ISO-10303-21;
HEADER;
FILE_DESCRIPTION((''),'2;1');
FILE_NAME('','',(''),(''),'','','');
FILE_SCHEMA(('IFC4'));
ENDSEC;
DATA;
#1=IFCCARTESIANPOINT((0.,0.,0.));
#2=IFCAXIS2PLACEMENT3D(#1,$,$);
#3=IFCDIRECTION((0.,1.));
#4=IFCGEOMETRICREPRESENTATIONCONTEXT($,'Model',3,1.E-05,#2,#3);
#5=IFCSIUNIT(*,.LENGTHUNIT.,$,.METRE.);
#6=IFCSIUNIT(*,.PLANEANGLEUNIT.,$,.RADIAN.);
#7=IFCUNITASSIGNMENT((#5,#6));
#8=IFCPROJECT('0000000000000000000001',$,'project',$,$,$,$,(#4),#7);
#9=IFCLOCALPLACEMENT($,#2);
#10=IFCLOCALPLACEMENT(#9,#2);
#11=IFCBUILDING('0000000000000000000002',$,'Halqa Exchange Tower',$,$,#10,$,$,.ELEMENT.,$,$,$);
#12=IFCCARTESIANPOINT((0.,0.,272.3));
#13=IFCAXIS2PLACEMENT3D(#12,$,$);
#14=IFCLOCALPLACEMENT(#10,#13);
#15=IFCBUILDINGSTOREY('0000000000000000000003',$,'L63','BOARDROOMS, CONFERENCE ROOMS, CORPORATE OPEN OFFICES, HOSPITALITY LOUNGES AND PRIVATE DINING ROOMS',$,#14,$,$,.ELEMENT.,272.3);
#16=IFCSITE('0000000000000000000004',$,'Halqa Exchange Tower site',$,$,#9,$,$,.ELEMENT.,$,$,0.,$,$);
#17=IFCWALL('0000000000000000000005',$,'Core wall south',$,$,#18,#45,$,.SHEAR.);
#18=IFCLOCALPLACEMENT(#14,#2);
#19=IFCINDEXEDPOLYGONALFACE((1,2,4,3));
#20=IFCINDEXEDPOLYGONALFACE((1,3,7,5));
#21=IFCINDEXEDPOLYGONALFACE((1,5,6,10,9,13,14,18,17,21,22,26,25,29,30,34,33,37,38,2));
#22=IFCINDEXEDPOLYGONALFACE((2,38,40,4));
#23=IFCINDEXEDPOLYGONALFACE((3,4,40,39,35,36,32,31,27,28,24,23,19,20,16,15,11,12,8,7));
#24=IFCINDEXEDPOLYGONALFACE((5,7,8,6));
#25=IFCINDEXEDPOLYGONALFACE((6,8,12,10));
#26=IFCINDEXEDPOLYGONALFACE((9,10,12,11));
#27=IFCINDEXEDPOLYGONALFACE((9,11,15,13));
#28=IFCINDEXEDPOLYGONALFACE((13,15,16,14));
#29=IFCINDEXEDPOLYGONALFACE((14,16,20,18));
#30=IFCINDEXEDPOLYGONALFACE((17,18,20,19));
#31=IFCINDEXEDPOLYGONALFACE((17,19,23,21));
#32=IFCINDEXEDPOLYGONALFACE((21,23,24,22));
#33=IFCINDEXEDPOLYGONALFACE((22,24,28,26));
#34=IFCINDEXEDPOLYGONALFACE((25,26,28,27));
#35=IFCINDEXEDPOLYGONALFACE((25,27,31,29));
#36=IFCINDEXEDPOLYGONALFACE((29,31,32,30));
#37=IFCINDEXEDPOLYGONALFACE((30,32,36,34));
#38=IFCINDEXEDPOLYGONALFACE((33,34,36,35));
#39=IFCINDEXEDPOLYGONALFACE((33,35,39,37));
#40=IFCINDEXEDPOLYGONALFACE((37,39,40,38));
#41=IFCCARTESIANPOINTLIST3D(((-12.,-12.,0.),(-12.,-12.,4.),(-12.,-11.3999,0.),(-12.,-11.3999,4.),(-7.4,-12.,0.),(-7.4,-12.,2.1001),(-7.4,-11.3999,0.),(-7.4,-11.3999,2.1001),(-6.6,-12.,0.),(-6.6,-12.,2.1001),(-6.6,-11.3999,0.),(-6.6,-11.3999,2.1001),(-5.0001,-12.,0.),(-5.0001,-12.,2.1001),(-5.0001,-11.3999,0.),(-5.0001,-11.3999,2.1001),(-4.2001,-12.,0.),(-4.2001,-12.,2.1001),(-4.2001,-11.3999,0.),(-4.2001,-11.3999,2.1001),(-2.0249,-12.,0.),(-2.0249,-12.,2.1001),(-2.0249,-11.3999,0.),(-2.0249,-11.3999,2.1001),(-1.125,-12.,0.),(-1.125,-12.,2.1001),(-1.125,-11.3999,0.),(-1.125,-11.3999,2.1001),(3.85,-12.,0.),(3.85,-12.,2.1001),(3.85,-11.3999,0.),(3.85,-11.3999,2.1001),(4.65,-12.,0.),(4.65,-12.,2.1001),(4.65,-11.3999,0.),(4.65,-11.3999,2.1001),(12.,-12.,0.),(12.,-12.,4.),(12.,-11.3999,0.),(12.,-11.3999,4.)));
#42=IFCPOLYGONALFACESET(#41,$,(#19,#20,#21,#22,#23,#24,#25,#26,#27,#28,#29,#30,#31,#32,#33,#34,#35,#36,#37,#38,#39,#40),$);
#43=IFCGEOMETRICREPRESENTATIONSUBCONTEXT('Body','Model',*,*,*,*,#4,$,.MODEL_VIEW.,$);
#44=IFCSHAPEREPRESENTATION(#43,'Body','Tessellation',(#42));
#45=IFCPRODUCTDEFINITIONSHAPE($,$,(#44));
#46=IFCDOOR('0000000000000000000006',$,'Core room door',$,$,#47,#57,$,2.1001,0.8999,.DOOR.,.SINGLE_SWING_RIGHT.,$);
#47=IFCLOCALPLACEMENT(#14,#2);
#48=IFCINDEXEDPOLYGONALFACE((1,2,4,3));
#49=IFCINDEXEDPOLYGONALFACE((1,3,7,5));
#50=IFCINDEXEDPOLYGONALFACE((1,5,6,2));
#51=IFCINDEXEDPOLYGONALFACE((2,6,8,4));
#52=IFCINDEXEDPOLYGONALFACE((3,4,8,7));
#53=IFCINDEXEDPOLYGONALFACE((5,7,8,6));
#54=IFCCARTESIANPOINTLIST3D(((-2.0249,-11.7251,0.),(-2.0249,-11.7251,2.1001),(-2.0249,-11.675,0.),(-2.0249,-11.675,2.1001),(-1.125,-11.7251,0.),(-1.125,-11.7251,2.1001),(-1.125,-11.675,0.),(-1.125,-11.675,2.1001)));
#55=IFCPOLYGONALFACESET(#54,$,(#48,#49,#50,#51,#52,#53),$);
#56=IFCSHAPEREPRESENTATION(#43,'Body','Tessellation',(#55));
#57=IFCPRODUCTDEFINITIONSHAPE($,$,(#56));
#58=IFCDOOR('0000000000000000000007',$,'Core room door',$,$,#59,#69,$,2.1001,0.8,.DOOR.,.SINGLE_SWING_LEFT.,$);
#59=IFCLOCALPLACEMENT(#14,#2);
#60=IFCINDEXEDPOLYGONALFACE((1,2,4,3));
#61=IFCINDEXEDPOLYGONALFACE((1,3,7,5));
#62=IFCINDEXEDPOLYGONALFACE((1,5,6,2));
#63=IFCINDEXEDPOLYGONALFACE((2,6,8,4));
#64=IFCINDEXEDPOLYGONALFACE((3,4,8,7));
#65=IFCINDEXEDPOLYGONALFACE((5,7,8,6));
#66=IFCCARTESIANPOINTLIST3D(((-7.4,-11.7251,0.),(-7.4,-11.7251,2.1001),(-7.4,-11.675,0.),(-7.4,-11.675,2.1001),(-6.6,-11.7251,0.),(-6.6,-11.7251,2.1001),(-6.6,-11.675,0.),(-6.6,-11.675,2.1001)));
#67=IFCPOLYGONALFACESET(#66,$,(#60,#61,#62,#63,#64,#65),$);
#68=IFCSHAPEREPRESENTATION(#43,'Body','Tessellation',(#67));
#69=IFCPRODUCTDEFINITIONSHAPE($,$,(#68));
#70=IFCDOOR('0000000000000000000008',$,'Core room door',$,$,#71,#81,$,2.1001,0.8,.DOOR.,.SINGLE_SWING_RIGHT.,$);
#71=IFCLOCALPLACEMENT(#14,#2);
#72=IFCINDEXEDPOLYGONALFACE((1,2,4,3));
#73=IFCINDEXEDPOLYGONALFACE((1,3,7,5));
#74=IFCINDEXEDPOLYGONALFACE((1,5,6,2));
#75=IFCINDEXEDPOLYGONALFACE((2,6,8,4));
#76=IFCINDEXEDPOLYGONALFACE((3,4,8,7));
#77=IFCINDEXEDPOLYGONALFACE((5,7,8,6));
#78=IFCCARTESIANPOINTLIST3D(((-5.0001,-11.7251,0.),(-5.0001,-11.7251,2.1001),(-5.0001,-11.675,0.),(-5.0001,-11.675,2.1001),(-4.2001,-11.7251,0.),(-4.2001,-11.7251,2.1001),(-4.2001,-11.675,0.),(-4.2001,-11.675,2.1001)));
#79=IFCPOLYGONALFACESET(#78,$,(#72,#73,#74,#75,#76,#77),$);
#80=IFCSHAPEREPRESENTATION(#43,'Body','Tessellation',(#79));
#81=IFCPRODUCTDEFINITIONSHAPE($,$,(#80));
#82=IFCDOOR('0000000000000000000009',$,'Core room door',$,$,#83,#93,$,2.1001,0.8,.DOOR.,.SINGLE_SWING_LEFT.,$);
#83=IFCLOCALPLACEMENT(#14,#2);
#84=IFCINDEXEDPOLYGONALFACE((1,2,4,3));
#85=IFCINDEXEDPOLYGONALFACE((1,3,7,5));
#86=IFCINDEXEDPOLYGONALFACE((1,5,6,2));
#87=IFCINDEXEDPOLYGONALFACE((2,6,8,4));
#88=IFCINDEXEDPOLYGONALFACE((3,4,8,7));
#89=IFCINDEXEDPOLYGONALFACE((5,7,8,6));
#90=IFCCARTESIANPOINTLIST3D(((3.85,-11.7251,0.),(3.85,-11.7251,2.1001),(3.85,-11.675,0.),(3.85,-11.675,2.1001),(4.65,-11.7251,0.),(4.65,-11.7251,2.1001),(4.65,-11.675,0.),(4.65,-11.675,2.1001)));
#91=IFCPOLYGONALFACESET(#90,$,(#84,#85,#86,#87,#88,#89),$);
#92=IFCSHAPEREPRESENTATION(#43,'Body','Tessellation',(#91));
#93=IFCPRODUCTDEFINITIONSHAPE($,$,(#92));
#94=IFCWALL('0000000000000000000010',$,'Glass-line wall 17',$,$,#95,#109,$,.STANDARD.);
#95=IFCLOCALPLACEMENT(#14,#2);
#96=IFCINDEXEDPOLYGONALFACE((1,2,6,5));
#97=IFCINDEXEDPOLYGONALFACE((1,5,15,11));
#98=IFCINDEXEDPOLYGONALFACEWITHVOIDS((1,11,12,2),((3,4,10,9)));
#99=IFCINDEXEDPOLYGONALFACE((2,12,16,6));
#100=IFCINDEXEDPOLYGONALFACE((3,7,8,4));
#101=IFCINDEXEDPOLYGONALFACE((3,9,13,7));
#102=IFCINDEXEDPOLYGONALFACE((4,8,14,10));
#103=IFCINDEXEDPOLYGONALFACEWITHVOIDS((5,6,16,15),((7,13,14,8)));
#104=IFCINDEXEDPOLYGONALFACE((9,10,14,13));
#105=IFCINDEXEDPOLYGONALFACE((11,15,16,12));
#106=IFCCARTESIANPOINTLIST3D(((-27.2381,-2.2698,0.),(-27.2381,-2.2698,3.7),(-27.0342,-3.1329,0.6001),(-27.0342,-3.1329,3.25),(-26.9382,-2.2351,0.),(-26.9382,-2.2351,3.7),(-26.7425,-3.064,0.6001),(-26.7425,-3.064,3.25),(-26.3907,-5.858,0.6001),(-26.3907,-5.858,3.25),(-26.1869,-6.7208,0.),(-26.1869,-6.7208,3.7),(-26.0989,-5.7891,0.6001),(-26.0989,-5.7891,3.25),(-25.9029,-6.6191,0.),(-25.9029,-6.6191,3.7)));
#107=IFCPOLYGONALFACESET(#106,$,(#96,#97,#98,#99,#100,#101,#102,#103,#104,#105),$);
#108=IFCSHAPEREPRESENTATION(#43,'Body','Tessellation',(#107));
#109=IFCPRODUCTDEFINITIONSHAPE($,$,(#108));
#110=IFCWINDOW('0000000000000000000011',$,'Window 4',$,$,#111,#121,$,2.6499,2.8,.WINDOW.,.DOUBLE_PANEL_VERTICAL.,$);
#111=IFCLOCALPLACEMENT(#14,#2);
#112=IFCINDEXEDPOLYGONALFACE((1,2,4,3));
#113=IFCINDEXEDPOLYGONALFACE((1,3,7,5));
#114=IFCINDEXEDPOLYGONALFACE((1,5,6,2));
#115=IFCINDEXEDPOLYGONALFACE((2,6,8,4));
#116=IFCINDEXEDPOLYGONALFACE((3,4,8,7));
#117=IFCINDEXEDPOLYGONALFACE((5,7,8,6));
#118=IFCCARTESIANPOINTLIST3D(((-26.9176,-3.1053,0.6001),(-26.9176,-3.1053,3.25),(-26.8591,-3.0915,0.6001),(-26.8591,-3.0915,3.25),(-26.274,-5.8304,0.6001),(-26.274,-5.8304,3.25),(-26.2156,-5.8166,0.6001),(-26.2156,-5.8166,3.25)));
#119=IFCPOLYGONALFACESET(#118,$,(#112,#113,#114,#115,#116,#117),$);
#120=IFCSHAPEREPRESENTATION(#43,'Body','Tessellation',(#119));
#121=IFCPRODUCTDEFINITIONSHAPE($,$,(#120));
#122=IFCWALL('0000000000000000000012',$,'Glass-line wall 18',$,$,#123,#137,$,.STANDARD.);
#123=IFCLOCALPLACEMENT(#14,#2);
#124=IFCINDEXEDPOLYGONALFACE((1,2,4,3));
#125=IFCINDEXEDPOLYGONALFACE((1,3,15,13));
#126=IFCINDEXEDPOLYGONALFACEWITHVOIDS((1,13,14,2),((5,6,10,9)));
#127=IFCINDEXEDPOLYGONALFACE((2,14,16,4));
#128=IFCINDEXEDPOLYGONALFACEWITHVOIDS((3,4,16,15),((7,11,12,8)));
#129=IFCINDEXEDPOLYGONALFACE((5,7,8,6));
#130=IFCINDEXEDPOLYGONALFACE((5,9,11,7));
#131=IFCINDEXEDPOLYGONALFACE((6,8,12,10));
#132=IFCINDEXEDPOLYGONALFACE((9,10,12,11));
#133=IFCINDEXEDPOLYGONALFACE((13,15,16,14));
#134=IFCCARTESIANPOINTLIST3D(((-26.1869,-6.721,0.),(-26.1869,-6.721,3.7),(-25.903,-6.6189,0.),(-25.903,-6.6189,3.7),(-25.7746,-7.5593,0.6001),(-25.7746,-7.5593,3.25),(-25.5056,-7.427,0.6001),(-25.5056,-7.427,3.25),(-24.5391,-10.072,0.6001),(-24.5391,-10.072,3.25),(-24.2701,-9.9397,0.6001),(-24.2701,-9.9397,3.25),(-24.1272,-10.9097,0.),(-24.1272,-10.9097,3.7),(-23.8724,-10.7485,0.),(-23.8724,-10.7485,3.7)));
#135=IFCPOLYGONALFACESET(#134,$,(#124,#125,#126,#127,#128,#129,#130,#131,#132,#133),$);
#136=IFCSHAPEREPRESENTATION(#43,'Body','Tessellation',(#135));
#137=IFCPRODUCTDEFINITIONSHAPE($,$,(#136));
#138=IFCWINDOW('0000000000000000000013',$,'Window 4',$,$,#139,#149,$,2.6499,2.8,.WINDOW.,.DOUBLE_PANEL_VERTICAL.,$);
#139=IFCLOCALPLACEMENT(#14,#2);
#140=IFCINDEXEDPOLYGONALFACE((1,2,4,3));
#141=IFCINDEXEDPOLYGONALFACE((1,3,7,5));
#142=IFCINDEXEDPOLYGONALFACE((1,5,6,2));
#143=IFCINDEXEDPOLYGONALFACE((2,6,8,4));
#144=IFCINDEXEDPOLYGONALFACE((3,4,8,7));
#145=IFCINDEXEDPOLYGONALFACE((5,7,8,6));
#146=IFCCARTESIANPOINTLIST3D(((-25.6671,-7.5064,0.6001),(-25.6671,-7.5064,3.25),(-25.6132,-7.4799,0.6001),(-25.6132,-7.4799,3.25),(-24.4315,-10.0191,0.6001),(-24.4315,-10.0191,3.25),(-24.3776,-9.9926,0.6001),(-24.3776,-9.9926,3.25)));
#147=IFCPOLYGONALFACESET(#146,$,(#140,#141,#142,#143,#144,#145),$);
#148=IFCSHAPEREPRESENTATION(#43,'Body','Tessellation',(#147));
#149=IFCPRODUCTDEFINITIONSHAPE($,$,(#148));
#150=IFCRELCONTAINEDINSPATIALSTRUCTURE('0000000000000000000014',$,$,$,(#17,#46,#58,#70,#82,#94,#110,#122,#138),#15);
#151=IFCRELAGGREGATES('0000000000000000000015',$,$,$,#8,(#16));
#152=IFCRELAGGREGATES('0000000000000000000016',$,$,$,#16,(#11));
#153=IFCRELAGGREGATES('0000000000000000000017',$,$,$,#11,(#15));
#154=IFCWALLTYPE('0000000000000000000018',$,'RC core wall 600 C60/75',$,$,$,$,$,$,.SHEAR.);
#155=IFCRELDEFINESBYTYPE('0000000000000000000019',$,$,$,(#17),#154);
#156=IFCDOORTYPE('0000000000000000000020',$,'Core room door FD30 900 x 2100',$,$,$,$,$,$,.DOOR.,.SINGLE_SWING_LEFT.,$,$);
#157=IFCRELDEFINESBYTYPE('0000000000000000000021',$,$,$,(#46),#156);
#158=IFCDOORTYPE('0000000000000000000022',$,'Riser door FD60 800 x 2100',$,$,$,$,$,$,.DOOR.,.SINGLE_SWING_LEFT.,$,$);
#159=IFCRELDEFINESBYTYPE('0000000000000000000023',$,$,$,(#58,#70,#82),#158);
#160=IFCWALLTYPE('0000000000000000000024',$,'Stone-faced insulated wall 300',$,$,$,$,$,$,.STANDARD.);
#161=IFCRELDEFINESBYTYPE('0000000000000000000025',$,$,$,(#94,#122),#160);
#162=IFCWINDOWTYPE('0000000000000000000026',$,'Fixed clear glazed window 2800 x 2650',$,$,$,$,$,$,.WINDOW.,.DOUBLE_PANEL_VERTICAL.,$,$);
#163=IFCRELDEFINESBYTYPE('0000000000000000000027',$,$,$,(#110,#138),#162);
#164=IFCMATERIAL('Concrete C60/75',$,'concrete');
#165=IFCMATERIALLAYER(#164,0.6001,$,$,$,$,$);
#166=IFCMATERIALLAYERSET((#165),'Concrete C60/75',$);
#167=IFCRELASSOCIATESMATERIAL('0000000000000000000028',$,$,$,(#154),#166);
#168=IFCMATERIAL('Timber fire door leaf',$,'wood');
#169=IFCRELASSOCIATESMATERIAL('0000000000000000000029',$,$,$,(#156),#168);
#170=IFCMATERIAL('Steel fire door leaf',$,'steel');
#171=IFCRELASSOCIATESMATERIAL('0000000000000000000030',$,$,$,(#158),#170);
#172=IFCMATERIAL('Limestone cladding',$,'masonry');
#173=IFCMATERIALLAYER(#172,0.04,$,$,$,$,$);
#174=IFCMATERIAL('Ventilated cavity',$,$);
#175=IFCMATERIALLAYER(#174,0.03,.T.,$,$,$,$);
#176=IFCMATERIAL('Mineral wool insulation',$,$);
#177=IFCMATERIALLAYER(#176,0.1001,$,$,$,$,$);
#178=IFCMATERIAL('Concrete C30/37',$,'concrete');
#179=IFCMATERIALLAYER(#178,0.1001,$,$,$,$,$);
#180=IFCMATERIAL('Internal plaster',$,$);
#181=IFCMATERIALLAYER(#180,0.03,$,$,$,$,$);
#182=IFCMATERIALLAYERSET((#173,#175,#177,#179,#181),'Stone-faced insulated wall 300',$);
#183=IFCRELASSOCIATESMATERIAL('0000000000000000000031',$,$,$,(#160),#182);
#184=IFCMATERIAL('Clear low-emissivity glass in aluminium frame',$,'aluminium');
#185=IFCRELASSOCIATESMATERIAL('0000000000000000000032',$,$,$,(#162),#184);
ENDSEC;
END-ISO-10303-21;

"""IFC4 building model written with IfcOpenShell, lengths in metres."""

from ifc_helpers import new_model, si_unit, direction, frame, frame_2d, origin, place, context, subcontext, project, spatial, polyline, rectangle, outline, extrude, material, layer, layer_set, type_object, element, fill, save


model = new_model("IFC4")

# Units and contexts
model_context = context("Model", 3, precision=1e-05, world=origin(), true_north=direction((0.0, 1.0)))
body_context = subcontext(model_context, "Body", "Model", "MODEL_VIEW")
ifc_project = project(units=[si_unit("LENGTHUNIT", "METRE"), si_unit("PLANEANGLEUNIT", "RADIAN")], contexts=[model_context])

# Site, building, storey
site_placement = place(None, origin())
site = spatial("IfcSite", under=ifc_project, at=site_placement, Name="Halqa Exchange Tower site", CompositionType="ELEMENT", RefElevation=0.0)
building_placement = place(site_placement, origin())
building = spatial("IfcBuilding", under=site, at=building_placement, Name="Halqa Exchange Tower", CompositionType="ELEMENT")
storey_placement = place(building_placement, frame((0.0, 0.0, 272.3)))
storey = spatial("IfcBuildingStorey", under=building, at=storey_placement, Name="L63", Description="BOARDROOMS, CONFERENCE ROOMS, CORPORATE OPEN OFFICES, HOSPITALITY LOUNGES AND PRIVATE DINING ROOMS", CompositionType="ELEMENT", Elevation=272.3)

# Shared definitions
ifc_material_1 = material(Name="Concrete C60/75", Category="concrete")

# Wall, openings, doors
ifc_layer_1 = layer(ifc_material_1, 0.6001)
ifc_layer_set_1 = layer_set([ifc_layer_1], Name="Concrete C60/75")
wall_type_1 = type_object("IfcWallType", Name="RC core wall 600 C60/75", PredefinedType="SHEAR", material=ifc_layer_set_1)
wall_1_placement = place(storey_placement, frame((-12.0, -11.7, 0.0), z_axis=(0.0, 0.0, 1.0), x_axis=(1.0, 0.0, 0.0)))
wall_1 = element("IfcWall", 1, at=wall_1_placement, inside=storey, type_object=wall_type_1, Name="Core wall south", PredefinedType="SHEAR", context=body_context, shape_type="SweptSolid", body=[
    extrude(rectangle(XDim=24.0, YDim=0.6001, at=frame_2d((12.0, 0.0))), origin(), (0.0, 0.0, 1.0), 4.0),
])
opening_1_placement = place(wall_1_placement, frame((9.9751, 0.0, 0.0)))
opening_1 = element("IfcOpeningElement", 2, at=opening_1_placement, cuts=wall_1, PredefinedType="OPENING", context=body_context, shape_type="SweptSolid", body=[
    extrude(rectangle(XDim=0.8999, YDim=2.1001, at=frame_2d((0.45, 1.05))), frame((0.0, 0.312, 0.0), z_axis=(0.0, -1.0, 0.0), x_axis=(1.0, 0.0, 0.0)), (0.0, 0.0, 1.0), 0.624),
])
opening_2_placement = place(wall_1_placement, frame((4.6001, 0.0, 0.0)))
opening_2 = element("IfcOpeningElement", 3, at=opening_2_placement, cuts=wall_1, PredefinedType="OPENING", context=body_context, shape_type="SweptSolid", body=[
    extrude(rectangle(XDim=0.8, YDim=2.1001, at=frame_2d((0.3999, 1.05))), frame((0.0, 0.312, 0.0), z_axis=(0.0, -1.0, 0.0), x_axis=(1.0, 0.0, 0.0)), (0.0, 0.0, 1.0), 0.624),
])
opening_3_placement = place(wall_1_placement, frame((7.0, 0.0, 0.0)))
opening_3 = element("IfcOpeningElement", 4, at=opening_3_placement, cuts=wall_1, PredefinedType="OPENING", context=body_context, shape_type="SweptSolid", body=[
    extrude(rectangle(XDim=0.8, YDim=2.1001, at=frame_2d((0.3999, 1.05))), frame((0.0, 0.312, 0.0), z_axis=(0.0, -1.0, 0.0), x_axis=(1.0, 0.0, 0.0)), (0.0, 0.0, 1.0), 0.624),
])
opening_4_placement = place(wall_1_placement, frame((15.8501, 0.0, 0.0)))
opening_4 = element("IfcOpeningElement", 5, at=opening_4_placement, cuts=wall_1, PredefinedType="OPENING", context=body_context, shape_type="SweptSolid", body=[
    extrude(rectangle(XDim=0.8, YDim=2.1001, at=frame_2d((0.3999, 1.05))), frame((0.0, 0.312, 0.0), z_axis=(0.0, -1.0, 0.0), x_axis=(1.0, 0.0, 0.0)), (0.0, 0.0, 1.0), 0.624),
])
ifc_material_2 = material(Name="Timber fire door leaf", Category="wood")
door_type_1 = type_object("IfcDoorType", Name="Core room door FD30 900 x 2100", OperationType="SINGLE_SWING_LEFT", PredefinedType="DOOR", material=ifc_material_2)
door_1_placement = place(opening_1_placement, origin())
door_1 = element("IfcDoor", 6, at=door_1_placement, inside=storey, type_object=door_type_1, Name="Core room door", OperationType="SINGLE_SWING_RIGHT", OverallHeight=2.1001, OverallWidth=0.8999, PredefinedType="DOOR", context=body_context, shape_type="SweptSolid", body=[
    extrude(rectangle(XDim=0.8999, YDim=2.1001, at=frame_2d((0.45, 1.05))), frame((0.0, 0.0249, 0.0), z_axis=(0.0, -1.0, 0.0), x_axis=(1.0, 0.0, 0.0)), (0.0, 0.0, 1.0), 0.05),
])
fill(opening_1, door_1)
ifc_material_3 = material(Name="Steel fire door leaf", Category="steel")
door_type_2 = type_object("IfcDoorType", Name="Riser door FD60 800 x 2100", OperationType="SINGLE_SWING_LEFT", PredefinedType="DOOR", material=ifc_material_3)
door_2_placement = place(opening_2_placement, origin())
door_2 = element("IfcDoor", 7, at=door_2_placement, inside=storey, type_object=door_type_2, Name="Core room door", OperationType="SINGLE_SWING_LEFT", OverallHeight=2.1001, OverallWidth=0.8, PredefinedType="DOOR", context=body_context, shape_type="SweptSolid", body=[
    extrude(rectangle(XDim=0.8, YDim=2.1001, at=frame_2d((0.3999, 1.05))), frame((0.0, 0.0249, 0.0), z_axis=(0.0, -1.0, 0.0), x_axis=(1.0, 0.0, 0.0)), (0.0, 0.0, 1.0), 0.05),
])
fill(opening_2, door_2)
door_3_placement = place(opening_3_placement, origin())
door_3 = element("IfcDoor", 8, at=door_3_placement, inside=storey, type_object=door_type_2, Name="Core room door", OperationType="SINGLE_SWING_RIGHT", OverallHeight=2.1001, OverallWidth=0.8, PredefinedType="DOOR", context=body_context, shape_type="SweptSolid", body=[
    extrude(rectangle(XDim=0.8, YDim=2.1001, at=frame_2d((0.3999, 1.05))), frame((0.0, 0.0249, 0.0), z_axis=(0.0, -1.0, 0.0), x_axis=(1.0, 0.0, 0.0)), (0.0, 0.0, 1.0), 0.05),
])
fill(opening_3, door_3)
door_4_placement = place(opening_4_placement, origin())
door_4 = element("IfcDoor", 9, at=door_4_placement, inside=storey, type_object=door_type_2, Name="Core room door", OperationType="SINGLE_SWING_LEFT", OverallHeight=2.1001, OverallWidth=0.8, PredefinedType="DOOR", context=body_context, shape_type="SweptSolid", body=[
    extrude(rectangle(XDim=0.8, YDim=2.1001, at=frame_2d((0.3999, 1.05))), frame((0.0, 0.0249, 0.0), z_axis=(0.0, -1.0, 0.0), x_axis=(1.0, 0.0, 0.0)), (0.0, 0.0, 1.0), 0.05),
])
fill(opening_4, door_4)

# Walls, openings, windows
ifc_material_4 = material(Name="Limestone cladding", Category="masonry")
ifc_layer_2 = layer(ifc_material_4, 0.04)
ifc_material_5 = material(Name="Ventilated cavity")
ifc_layer_3 = layer(ifc_material_5, 0.03, ventilated=True)
ifc_material_6 = material(Name="Mineral wool insulation")
ifc_layer_4 = layer(ifc_material_6, 0.1001)
ifc_material_7 = material(Name="Concrete C30/37", Category="concrete")
ifc_layer_5 = layer(ifc_material_7, 0.1001)
ifc_material_8 = material(Name="Internal plaster")
ifc_layer_6 = layer(ifc_material_8, 0.03)
ifc_layer_set_2 = layer_set([ifc_layer_2, ifc_layer_3, ifc_layer_4, ifc_layer_5, ifc_layer_6], Name="Stone-faced insulated wall 300")
wall_type_2 = type_object("IfcWallType", Name="Stone-faced insulated wall 300", PredefinedType="STANDARD", material=ifc_layer_set_2)
wall_2_placement = place(storey_placement, frame((-27.0881, -2.2524, 0.0), z_axis=(0.0, 0.0, 1.0), x_axis=(0.229834, -0.97323, 0.0)))
wall_2 = element("IfcWall", 10, at=wall_2_placement, inside=storey, type_object=wall_type_2, Name="Glass-line wall 17", PredefinedType="STANDARD", context=body_context, shape_type="SweptSolid", body=[
    extrude(outline(polyline([(-0.0176, -0.1499), (4.5559, -0.1499), (4.5222, 0.1499), (0.0176, 0.1499), (-0.0176, -0.1499)])), origin(), (0.0, 0.0, 1.0), 3.7),
])
opening_5_placement = place(wall_2_placement, frame((0.8694, 0.0, 0.6001)))
opening_5 = element("IfcOpeningElement", 11, at=opening_5_placement, cuts=wall_2, PredefinedType="OPENING", context=body_context, shape_type="SweptSolid", body=[
    extrude(rectangle(XDim=2.8, YDim=2.6499, at=frame_2d((1.3999, 1.325))), frame((0.0, 0.1621, 0.0), z_axis=(0.0, -1.0, 0.0), x_axis=(1.0, 0.0, 0.0)), (0.0, 0.0, 1.0), 0.324),
])
ifc_material_9 = material(Name="Clear low-emissivity glass in aluminium frame", Category="aluminium")
window_type = type_object("IfcWindowType", Name="Fixed clear glazed window 2800 x 2650", PartitioningType="DOUBLE_PANEL_VERTICAL", PredefinedType="WINDOW", material=ifc_material_9)
window_1_placement = place(opening_5_placement, origin())
window_1 = element("IfcWindow", 12, at=window_1_placement, inside=storey, type_object=window_type, Name="Window 4", OverallHeight=2.6499, OverallWidth=2.8, PartitioningType="DOUBLE_PANEL_VERTICAL", PredefinedType="WINDOW", context=body_context, shape_type="SweptSolid", body=[
    extrude(rectangle(XDim=2.8, YDim=2.6499, at=frame_2d((1.3999, 1.325))), frame((0.0, 0.03, 0.0), z_axis=(0.0, -1.0, 0.0), x_axis=(1.0, 0.0, 0.0)), (0.0, 0.0, 1.0), 0.0601),
])
fill(opening_5, window_1)
wall_3_placement = place(storey_placement, frame((-26.0449, -6.6699, 0.0), z_axis=(0.0, 0.0, 1.0), x_axis=(0.441262, -0.897378, 0.0)))
wall_3 = element("IfcWall", 13, at=wall_3_placement, inside=storey, type_object=wall_type_2, Name="Glass-line wall 18", PredefinedType="STANDARD", context=body_context, shape_type="SweptSolid", body=[
    extrude(outline(polyline([(-0.0168, -0.1499), (4.6509, -0.1499), (4.6187, 0.1499), (0.0168, 0.1499), (-0.0168, -0.1499)])), origin(), (0.0, 0.0, 1.0), 3.7),
])
opening_6_placement = place(wall_3_placement, frame((0.9175, 0.0, 0.6001)))
opening_6 = element("IfcOpeningElement", 14, at=opening_6_placement, cuts=wall_3, PredefinedType="OPENING", context=body_context, shape_type="SweptSolid", body=[
    extrude(rectangle(XDim=2.8, YDim=2.6499, at=frame_2d((1.3999, 1.325))), frame((0.0, 0.1621, 0.0), z_axis=(0.0, -1.0, 0.0), x_axis=(1.0, 0.0, 0.0)), (0.0, 0.0, 1.0), 0.324),
])
window_2_placement = place(opening_6_placement, origin())
window_2 = element("IfcWindow", 15, at=window_2_placement, inside=storey, type_object=window_type, Name="Window 4", OverallHeight=2.6499, OverallWidth=2.8, PartitioningType="DOUBLE_PANEL_VERTICAL", PredefinedType="WINDOW", context=body_context, shape_type="SweptSolid", body=[
    extrude(rectangle(XDim=2.8, YDim=2.6499, at=frame_2d((1.3999, 1.325))), frame((0.0, 0.03, 0.0), z_axis=(0.0, -1.0, 0.0), x_axis=(1.0, 0.0, 0.0)), (0.0, 0.0, 1.0), 0.0601),
])
fill(opening_6, window_2)

save(model, "model.ifc")
